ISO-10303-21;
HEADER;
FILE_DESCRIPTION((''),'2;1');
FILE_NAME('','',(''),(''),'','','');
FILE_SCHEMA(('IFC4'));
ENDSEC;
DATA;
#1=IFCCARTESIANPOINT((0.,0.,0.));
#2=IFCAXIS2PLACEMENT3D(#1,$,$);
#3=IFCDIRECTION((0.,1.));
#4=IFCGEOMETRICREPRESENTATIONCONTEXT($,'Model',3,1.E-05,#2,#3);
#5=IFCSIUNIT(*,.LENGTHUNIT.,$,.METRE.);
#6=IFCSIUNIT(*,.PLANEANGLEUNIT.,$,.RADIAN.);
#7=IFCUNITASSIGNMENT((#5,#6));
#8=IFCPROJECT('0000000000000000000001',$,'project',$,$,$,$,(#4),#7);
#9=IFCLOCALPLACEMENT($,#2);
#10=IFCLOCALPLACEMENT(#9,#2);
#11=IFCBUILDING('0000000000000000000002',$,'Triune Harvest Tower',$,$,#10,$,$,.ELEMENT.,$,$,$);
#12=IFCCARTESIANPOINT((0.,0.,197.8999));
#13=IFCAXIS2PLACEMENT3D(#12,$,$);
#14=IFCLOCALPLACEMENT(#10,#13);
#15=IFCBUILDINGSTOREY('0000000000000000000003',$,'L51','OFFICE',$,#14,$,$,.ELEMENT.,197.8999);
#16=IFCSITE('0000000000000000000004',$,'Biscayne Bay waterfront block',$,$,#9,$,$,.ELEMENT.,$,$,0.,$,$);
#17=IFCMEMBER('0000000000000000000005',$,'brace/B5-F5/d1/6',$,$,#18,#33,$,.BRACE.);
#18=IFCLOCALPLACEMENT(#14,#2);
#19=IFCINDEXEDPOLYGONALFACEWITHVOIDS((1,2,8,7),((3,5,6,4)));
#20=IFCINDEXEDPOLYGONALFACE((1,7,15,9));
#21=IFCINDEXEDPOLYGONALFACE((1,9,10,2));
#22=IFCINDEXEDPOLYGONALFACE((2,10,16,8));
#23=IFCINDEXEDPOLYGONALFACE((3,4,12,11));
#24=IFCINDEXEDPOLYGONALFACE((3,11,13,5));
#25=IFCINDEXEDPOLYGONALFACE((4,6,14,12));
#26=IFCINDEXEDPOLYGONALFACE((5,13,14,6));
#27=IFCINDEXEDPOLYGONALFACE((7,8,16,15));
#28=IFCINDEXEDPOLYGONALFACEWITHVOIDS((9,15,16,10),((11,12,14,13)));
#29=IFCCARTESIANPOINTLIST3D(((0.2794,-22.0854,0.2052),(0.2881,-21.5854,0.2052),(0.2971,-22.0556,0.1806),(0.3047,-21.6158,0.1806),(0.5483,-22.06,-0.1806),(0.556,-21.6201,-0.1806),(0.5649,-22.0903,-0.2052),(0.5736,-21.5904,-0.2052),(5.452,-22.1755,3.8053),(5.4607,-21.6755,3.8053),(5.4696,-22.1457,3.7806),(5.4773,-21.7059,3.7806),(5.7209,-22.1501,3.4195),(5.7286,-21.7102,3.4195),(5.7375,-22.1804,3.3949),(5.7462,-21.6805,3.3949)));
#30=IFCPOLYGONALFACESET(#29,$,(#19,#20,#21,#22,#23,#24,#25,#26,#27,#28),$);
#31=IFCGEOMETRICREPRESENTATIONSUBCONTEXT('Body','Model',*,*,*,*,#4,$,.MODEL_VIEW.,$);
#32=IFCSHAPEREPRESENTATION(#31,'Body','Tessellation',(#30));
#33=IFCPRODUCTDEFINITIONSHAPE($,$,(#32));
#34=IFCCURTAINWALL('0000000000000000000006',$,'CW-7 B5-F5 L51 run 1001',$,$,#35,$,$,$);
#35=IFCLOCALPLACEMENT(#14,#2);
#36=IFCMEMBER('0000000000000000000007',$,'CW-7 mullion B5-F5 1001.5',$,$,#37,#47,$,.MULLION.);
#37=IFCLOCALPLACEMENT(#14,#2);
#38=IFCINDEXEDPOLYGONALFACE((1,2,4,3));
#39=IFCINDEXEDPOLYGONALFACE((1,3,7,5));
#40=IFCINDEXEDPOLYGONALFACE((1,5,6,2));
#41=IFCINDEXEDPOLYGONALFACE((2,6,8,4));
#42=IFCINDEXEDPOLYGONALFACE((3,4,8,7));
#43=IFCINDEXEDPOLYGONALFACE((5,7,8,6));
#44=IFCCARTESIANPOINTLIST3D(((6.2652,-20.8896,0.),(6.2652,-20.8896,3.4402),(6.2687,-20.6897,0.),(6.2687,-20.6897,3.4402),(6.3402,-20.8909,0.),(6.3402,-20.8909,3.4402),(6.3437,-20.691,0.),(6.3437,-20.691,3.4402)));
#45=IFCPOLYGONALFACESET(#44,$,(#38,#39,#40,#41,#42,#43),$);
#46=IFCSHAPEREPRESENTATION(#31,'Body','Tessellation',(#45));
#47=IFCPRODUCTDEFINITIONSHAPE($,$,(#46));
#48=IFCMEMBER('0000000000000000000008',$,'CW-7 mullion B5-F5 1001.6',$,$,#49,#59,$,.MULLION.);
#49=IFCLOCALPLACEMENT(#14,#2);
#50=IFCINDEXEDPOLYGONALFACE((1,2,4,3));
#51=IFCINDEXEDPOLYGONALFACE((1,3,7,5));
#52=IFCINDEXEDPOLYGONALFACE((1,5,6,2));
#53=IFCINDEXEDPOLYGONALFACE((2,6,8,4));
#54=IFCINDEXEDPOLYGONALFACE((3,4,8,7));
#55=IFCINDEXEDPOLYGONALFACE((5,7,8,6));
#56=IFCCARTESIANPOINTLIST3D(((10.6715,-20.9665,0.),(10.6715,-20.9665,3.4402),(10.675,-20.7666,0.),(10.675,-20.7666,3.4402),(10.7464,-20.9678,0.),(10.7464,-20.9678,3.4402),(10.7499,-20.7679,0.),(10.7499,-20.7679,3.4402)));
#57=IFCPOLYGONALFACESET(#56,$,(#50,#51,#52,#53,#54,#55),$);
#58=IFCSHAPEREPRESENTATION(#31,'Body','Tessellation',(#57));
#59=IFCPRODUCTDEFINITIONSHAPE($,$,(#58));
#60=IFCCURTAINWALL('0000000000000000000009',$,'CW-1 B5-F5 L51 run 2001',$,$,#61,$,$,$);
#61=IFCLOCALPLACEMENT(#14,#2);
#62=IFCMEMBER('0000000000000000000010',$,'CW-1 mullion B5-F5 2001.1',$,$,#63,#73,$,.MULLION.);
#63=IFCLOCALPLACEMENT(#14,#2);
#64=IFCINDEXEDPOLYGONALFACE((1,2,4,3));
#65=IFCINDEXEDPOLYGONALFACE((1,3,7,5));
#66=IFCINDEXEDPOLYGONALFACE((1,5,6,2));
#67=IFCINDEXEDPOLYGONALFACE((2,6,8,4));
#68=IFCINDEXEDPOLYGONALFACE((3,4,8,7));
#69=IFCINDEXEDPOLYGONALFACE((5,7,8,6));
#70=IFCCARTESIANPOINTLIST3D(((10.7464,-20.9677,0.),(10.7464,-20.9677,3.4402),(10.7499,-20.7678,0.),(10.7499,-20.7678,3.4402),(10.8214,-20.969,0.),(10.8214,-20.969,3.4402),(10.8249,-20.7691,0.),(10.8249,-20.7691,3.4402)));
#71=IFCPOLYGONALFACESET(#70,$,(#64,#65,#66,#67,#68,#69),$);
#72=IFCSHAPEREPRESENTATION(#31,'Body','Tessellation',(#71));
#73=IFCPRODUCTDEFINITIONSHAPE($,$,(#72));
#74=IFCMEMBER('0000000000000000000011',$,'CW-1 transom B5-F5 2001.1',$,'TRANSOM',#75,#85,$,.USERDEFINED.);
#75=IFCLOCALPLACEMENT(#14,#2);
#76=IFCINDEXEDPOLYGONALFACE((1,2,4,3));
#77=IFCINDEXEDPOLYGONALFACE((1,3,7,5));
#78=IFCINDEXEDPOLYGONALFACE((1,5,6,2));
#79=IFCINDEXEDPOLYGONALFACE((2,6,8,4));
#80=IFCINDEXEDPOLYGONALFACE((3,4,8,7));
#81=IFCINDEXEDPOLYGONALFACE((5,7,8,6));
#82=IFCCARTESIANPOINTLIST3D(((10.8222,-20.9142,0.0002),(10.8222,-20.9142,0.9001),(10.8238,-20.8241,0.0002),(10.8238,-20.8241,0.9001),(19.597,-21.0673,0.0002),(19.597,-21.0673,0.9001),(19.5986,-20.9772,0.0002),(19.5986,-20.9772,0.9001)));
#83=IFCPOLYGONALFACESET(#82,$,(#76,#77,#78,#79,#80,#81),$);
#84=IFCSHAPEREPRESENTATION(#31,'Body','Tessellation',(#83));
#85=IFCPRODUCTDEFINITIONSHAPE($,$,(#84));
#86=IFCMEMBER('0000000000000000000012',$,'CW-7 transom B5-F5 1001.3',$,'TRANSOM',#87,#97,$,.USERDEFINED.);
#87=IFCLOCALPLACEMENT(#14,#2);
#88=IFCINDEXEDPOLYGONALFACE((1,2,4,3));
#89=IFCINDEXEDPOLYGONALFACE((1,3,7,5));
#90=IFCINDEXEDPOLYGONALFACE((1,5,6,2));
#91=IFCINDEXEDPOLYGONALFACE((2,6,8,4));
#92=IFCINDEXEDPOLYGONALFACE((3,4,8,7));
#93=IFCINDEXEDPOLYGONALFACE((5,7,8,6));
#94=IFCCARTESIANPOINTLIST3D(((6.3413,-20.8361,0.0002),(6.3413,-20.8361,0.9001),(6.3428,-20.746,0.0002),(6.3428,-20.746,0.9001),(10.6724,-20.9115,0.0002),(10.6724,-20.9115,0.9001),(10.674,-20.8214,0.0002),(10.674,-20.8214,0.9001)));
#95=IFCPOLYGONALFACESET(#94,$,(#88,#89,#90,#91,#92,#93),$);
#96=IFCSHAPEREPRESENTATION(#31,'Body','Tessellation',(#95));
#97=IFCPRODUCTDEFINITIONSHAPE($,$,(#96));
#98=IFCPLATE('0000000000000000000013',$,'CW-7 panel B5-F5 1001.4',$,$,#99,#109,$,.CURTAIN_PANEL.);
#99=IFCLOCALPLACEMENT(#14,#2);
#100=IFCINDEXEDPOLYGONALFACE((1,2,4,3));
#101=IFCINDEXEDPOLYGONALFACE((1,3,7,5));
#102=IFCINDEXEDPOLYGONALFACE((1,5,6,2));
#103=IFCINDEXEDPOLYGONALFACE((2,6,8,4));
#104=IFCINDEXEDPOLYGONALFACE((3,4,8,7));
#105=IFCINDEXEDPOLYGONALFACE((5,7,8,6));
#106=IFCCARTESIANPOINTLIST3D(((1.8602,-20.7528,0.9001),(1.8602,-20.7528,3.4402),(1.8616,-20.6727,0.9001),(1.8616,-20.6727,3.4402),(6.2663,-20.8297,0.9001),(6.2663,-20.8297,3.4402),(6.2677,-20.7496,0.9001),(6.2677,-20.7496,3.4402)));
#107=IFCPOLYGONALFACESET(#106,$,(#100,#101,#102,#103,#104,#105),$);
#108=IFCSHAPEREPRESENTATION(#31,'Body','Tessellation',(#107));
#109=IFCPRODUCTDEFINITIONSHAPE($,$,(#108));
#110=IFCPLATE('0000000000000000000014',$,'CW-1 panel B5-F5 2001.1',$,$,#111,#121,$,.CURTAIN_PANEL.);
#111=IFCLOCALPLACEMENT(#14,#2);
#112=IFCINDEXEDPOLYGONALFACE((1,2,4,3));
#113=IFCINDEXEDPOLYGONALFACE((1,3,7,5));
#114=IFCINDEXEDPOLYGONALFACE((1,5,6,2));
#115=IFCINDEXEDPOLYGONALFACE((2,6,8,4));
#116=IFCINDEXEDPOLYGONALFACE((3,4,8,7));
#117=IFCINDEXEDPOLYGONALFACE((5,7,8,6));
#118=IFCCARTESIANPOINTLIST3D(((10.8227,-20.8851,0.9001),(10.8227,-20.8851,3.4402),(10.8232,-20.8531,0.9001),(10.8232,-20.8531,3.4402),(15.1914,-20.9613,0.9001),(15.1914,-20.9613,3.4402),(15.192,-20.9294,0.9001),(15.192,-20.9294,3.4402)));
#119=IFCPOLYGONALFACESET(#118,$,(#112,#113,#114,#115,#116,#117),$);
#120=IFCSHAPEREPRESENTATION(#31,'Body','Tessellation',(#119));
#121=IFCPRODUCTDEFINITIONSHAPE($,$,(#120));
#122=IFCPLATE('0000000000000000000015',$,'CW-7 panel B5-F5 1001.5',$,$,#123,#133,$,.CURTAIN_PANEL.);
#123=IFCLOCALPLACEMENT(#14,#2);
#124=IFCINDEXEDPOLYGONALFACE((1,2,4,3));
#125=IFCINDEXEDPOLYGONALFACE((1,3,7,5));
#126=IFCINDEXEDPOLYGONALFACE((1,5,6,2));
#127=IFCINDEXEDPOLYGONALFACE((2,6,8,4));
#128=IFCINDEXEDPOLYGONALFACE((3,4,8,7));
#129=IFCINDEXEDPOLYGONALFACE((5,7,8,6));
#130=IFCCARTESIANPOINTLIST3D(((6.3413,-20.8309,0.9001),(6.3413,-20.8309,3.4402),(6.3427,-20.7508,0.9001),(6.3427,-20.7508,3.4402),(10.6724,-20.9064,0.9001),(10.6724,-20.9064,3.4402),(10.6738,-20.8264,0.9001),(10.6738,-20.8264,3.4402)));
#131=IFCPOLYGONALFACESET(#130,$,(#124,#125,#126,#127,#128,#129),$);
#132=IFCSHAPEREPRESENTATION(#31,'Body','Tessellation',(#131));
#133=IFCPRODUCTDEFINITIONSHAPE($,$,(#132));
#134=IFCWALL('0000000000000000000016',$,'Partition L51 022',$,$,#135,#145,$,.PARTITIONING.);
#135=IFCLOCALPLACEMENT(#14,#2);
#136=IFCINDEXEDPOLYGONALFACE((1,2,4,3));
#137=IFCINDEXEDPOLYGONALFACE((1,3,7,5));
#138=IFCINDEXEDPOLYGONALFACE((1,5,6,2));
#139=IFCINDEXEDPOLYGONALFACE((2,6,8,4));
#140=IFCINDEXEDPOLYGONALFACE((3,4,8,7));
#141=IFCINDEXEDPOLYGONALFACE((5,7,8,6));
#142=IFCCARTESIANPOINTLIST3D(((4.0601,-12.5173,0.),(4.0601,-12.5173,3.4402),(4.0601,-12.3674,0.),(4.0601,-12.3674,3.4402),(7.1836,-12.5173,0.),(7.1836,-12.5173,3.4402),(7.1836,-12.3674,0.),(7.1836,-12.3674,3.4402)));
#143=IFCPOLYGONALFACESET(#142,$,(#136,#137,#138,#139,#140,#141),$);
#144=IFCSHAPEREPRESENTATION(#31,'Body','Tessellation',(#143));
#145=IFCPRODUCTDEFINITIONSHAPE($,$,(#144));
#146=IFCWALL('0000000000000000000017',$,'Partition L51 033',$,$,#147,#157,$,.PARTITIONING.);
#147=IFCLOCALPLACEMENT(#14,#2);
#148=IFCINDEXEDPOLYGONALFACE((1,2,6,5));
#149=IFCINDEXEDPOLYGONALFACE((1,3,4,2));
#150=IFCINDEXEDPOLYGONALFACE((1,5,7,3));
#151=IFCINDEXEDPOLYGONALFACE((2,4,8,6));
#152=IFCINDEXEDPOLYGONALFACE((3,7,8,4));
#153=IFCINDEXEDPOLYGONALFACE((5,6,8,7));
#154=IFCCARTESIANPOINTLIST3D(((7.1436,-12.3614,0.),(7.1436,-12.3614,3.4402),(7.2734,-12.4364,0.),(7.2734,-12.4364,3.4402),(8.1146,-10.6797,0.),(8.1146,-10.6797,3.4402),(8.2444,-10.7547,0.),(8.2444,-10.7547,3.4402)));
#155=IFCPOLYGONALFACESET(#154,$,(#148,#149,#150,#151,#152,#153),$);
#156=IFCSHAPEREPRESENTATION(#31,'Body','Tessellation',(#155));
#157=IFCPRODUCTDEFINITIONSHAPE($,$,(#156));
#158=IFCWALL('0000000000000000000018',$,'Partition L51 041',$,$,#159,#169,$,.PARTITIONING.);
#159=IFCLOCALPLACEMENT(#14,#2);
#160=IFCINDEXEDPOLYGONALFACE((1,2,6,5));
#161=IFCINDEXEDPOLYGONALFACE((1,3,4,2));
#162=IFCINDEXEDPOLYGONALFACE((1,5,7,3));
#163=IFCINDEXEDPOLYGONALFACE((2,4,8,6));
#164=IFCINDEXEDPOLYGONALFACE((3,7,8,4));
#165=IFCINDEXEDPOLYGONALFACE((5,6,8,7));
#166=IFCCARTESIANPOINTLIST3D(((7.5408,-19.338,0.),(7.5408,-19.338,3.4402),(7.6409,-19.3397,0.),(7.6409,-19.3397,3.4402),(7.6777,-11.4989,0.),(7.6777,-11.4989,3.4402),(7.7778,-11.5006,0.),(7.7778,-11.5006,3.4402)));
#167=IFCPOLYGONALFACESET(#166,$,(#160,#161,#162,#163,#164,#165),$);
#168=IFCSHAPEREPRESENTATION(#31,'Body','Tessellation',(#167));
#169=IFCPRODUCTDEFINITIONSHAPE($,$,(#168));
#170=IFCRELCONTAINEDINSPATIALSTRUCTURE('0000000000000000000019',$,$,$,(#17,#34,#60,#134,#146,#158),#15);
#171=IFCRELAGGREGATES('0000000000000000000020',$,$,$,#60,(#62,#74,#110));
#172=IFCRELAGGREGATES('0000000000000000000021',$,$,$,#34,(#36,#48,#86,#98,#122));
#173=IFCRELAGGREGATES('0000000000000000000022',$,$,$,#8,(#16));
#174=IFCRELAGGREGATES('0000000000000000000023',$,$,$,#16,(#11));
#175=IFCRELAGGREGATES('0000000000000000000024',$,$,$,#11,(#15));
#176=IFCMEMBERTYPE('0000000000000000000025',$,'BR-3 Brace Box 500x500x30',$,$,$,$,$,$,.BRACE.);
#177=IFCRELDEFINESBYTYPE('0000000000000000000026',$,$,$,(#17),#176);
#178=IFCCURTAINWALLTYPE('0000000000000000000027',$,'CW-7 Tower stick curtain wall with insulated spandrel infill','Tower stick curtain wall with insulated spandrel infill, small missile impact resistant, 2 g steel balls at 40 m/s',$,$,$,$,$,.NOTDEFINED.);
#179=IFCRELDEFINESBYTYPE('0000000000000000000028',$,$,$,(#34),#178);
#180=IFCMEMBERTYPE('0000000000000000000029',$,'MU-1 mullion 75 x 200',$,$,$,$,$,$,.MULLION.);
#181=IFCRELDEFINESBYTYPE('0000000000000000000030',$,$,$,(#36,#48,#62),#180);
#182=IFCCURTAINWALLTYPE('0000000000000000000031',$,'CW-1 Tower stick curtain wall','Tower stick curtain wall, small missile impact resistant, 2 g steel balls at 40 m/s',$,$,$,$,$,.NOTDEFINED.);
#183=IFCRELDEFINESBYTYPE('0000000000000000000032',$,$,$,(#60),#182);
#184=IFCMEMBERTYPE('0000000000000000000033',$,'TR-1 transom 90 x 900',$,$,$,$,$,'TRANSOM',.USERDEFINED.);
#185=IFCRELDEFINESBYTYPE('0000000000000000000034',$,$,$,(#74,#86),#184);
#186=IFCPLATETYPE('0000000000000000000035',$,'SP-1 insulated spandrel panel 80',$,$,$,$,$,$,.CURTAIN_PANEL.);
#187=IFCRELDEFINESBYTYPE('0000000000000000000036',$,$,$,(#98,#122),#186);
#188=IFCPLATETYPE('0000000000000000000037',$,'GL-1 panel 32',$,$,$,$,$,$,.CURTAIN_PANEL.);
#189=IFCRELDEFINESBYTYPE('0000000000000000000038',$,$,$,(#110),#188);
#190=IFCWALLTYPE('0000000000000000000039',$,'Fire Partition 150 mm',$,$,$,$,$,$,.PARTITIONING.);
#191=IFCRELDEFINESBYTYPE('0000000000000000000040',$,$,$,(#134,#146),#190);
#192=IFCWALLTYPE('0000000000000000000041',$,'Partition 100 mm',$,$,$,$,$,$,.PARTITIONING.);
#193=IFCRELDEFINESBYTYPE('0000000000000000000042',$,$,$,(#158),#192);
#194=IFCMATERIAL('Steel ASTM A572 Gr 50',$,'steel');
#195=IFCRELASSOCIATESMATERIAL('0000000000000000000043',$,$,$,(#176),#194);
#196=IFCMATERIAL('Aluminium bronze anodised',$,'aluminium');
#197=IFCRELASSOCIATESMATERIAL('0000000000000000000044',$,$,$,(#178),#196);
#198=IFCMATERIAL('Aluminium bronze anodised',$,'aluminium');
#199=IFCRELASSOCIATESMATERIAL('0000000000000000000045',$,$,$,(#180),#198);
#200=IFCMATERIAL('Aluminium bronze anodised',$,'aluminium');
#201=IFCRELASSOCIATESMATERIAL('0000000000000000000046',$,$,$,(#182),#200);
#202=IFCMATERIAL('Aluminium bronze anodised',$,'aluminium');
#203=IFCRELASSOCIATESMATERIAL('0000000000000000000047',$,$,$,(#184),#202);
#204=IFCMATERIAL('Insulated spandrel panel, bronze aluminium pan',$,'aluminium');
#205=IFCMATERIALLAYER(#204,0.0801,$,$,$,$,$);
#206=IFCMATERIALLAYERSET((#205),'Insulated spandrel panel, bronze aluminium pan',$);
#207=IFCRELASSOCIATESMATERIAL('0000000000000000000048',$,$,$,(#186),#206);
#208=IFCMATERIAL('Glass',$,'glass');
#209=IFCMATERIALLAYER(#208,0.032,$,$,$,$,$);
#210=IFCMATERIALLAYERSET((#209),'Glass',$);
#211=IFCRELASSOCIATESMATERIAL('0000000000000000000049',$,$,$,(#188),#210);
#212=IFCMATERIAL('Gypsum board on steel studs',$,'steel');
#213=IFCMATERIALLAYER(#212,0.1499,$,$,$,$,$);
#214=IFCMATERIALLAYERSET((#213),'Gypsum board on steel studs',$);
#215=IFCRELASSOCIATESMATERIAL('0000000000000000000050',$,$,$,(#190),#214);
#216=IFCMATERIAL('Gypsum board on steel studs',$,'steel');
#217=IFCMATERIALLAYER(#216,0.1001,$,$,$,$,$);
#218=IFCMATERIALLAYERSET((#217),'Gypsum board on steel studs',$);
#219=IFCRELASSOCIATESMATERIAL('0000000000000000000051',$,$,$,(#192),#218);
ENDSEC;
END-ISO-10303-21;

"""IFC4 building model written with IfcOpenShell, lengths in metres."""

from ifc_helpers import new_model, si_unit, direction, frame, frame_2d, origin, origin_2d, place, context, subcontext, project, spatial, rectangle, hollow_rectangle, extrude, source, transform, mapped, material, layer, layer_set, material_profile, profile_set, type_object, element, aggregate, save


model = new_model("IFC4")

# Units and contexts
model_context = context("Model", 3, precision=1e-05, world=origin(), true_north=direction((0.0, 1.0)))
body_context = subcontext(model_context, "Body", "Model", "MODEL_VIEW")
ifc_project = project(units=[si_unit("LENGTHUNIT", "METRE"), si_unit("PLANEANGLEUNIT", "RADIAN")], contexts=[model_context])

# Site, building, storey
site_placement = place(None, origin())
site = spatial("IfcSite", under=ifc_project, at=site_placement, Name="Biscayne Bay waterfront block", CompositionType="ELEMENT", RefElevation=0.0)
building_placement = place(site_placement, origin())
building = spatial("IfcBuilding", under=site, at=building_placement, Name="Triune Harvest Tower", CompositionType="ELEMENT")
storey_placement = place(building_placement, frame((0.0, 0.0, 197.8999)))
storey = spatial("IfcBuildingStorey", under=building, at=storey_placement, Name="L51", Description="OFFICE", CompositionType="ELEMENT", Elevation=197.8999)

# Member
ifc_material_1 = material(Name="Steel ASTM A572 Gr 50", Category="steel")
ifc_material_profile_1 = material_profile(ifc_material_1, hollow_rectangle(XDim=0.5, YDim=0.5, WallThickness=0.03, at=origin_2d()), Name="Box 500x500x30")
ifc_profile_set_1 = profile_set([ifc_material_profile_1], Name="Steel ASTM A572 Gr 50")
member_type_1 = type_object("IfcMemberType", Name="BR-3 Brace Box 500x500x30", PredefinedType="BRACE", material=ifc_profile_set_1)
shared_shape_1 = source(origin(), body_context, "Body", "SweptSolid", [
    extrude(hollow_rectangle(XDim=0.5, YDim=0.5, WallThickness=0.03, at=origin_2d()), origin(), (0.0, 0.0, 1.0), 6.3027),
])
member_1_placement = place(storey_placement, frame((0.4265, -21.8379, 0.0), z_axis=(0.82069, -0.014293, 0.571195), x_axis=(0.017414, 0.999848, 0.0)))
element("IfcMember", 1, at=member_1_placement, inside=storey, type_object=member_type_1, Name="brace/B5-F5/d1/6", PredefinedType="BRACE", context=body_context, shape_type="MappedRepresentation", body=[
    mapped(shared_shape_1, transform((0.0, 0.0, 0.0), scale=1.0)),
])

# Curtain walls, members
ifc_material_2 = material(Name="Aluminium bronze anodised", Category="aluminium")
curtain_wall_type_1 = type_object("IfcCurtainWallType", Name="CW-7 Tower stick curtain wall with insulated spandrel infill", Description="Tower stick curtain wall with insulated spandrel infill, small missile impact resistant, 2 g steel balls at 40 m/s", PredefinedType="NOTDEFINED", material=ifc_material_2)
curtain_wall_1_placement = place(storey_placement, origin())
curtain_wall_1 = element("IfcCurtainWall", 2, at=curtain_wall_1_placement, inside=storey, type_object=curtain_wall_type_1, Name="CW-7 B5-F5 L51 run 1001")
ifc_material_3 = material(Name="Aluminium bronze anodised", Category="aluminium")
ifc_material_profile_2 = material_profile(ifc_material_3, rectangle(XDim=0.2, YDim=0.075, at=origin_2d()), Name="MU-1 mullion 75 x 200")
ifc_profile_set_2 = profile_set([ifc_material_profile_2], Name="Aluminium bronze anodised")
member_type_2 = type_object("IfcMemberType", Name="MU-1 mullion 75 x 200", PredefinedType="MULLION", material=ifc_profile_set_2)
shared_shape_2 = source(origin(), body_context, "Body", "SweptSolid", [
    extrude(rectangle(XDim=0.2, YDim=0.075, at=origin_2d()), origin(), (0.0, 0.0, 1.0), 3.4402),
])
member_2_placement = place(storey_placement, frame((6.3044, -20.7903, 0.0), z_axis=(0.0, 0.0, 1.0), x_axis=(0.017447, 0.999848, 0.0)))
member_2 = element("IfcMember", 3, at=member_2_placement, type_object=member_type_2, Name="CW-7 mullion B5-F5 1001.5", PredefinedType="MULLION", context=body_context, shape_type="MappedRepresentation", body=[
    mapped(shared_shape_2, transform((0.0, 0.0, 0.0), scale=1.0)),
])
member_3_placement = place(storey_placement, frame((10.7107, -20.8672, 0.0), z_axis=(0.0, 0.0, 1.0), x_axis=(0.017447, 0.999848, 0.0)))
member_3 = element("IfcMember", 4, at=member_3_placement, type_object=member_type_2, Name="CW-7 mullion B5-F5 1001.6", PredefinedType="MULLION", context=body_context, shape_type="MappedRepresentation", body=[
    mapped(shared_shape_2, transform((0.0, 0.0, 0.0), scale=1.0)),
])
ifc_material_4 = material(Name="Aluminium bronze anodised", Category="aluminium")
curtain_wall_type_2 = type_object("IfcCurtainWallType", Name="CW-1 Tower stick curtain wall", Description="Tower stick curtain wall, small missile impact resistant, 2 g steel balls at 40 m/s", PredefinedType="NOTDEFINED", material=ifc_material_4)
curtain_wall_2_placement = place(storey_placement, origin())
curtain_wall_2 = element("IfcCurtainWall", 5, at=curtain_wall_2_placement, inside=storey, type_object=curtain_wall_type_2, Name="CW-1 B5-F5 L51 run 2001")
member_4_placement = place(storey_placement, frame((10.7856, -20.8684, 0.0), z_axis=(0.0, 0.0, 1.0), x_axis=(0.017455, 0.999848, 0.0)))
member_4 = element("IfcMember", 6, at=member_4_placement, type_object=member_type_2, Name="CW-1 mullion B5-F5 2001.1", PredefinedType="MULLION", context=body_context, shape_type="MappedRepresentation", body=[
    mapped(shared_shape_2, transform((0.0, 0.0, 0.0), scale=1.0)),
])
ifc_material_5 = material(Name="Aluminium bronze anodised", Category="aluminium")
ifc_material_profile_3 = material_profile(ifc_material_5, rectangle(XDim=0.0901, YDim=0.8999, at=origin_2d()), Name="TR-1 transom 90 x 900")
ifc_profile_set_3 = profile_set([ifc_material_profile_3], Name="Aluminium bronze anodised")
member_type_3 = type_object("IfcMemberType", Name="TR-1 transom 90 x 900", ElementType="TRANSOM", PredefinedType="USERDEFINED", material=ifc_profile_set_3)
shared_shape_3 = source(origin(), body_context, "Body", "SweptSolid", [
    extrude(rectangle(XDim=0.0901, YDim=0.8999, at=origin_2d()), origin(), (0.0, 0.0, 1.0), 8.7761),
])
member_5_placement = place(storey_placement, frame((10.823, -20.8691, 0.4502), z_axis=(0.999848, -0.017442, 0.0), x_axis=(0.017442, 0.999848, 0.0)))
member_5 = element("IfcMember", 7, at=member_5_placement, type_object=member_type_3, Name="CW-1 transom B5-F5 2001.1", ObjectType="TRANSOM", PredefinedType="USERDEFINED", context=body_context, shape_type="MappedRepresentation", body=[
    mapped(shared_shape_3, transform((0.0, 0.0, 0.0), scale=1.0)),
])

# Member
shared_shape_4 = source(origin(), body_context, "Body", "SweptSolid", [
    extrude(rectangle(XDim=0.0901, YDim=0.8999, at=origin_2d()), origin(), (0.0, 0.0, 1.0), 4.3318),
])
member_6_placement = place(storey_placement, frame((6.342, -20.791, 0.4502), z_axis=(0.999848, -0.017416, 0.0), x_axis=(0.017416, 0.999848, 0.0)))
member_6 = element("IfcMember", 8, at=member_6_placement, type_object=member_type_3, Name="CW-7 transom B5-F5 1001.3", ObjectType="TRANSOM", PredefinedType="USERDEFINED", context=body_context, shape_type="MappedRepresentation", body=[
    mapped(shared_shape_4, transform((0.0, 0.0, 0.0), scale=1.0)),
])

# Plates
ifc_material_6 = material(Name="Insulated spandrel panel, bronze aluminium pan", Category="aluminium")
ifc_layer_1 = layer(ifc_material_6, 0.0801)
ifc_layer_set_1 = layer_set([ifc_layer_1], Name="Insulated spandrel panel, bronze aluminium pan")
plate_type_1 = type_object("IfcPlateType", Name="SP-1 insulated spandrel panel 80", PredefinedType="CURTAIN_PANEL", material=ifc_layer_set_1)
shared_shape_5 = source(origin(), body_context, "Body", "SweptSolid", [
    extrude(rectangle(XDim=4.4067, YDim=0.0801, at=origin_2d()), origin(), (0.0, 0.0, 1.0), 2.54),
])
plate_1_placement = place(storey_placement, frame((4.064, -20.7512, 0.9001), z_axis=(0.0, 0.0, 1.0), x_axis=(0.999848, -0.017447, 0.0)))
plate_1 = element("IfcPlate", 9, at=plate_1_placement, type_object=plate_type_1, Name="CW-7 panel B5-F5 1001.4", PredefinedType="CURTAIN_PANEL", context=body_context, shape_type="MappedRepresentation", body=[
    mapped(shared_shape_5, transform((0.0, 0.0, 0.0), scale=1.0)),
])
ifc_material_7 = material(Name="Glass", Category="glass")
ifc_layer_2 = layer(ifc_material_7, 0.032)
ifc_layer_set_2 = layer_set([ifc_layer_2], Name="Glass")
plate_type_2 = type_object("IfcPlateType", Name="GL-1 panel 32", PredefinedType="CURTAIN_PANEL", material=ifc_layer_set_2)
shared_shape_6 = source(origin(), body_context, "Body", "SweptSolid", [
    extrude(rectangle(XDim=4.3694, YDim=0.032, at=origin_2d()), origin(), (0.0, 0.0, 1.0), 2.54),
])
plate_2_placement = place(storey_placement, frame((13.0073, -20.9072, 0.9001), z_axis=(0.0, 0.0, 1.0), x_axis=(0.999848, -0.017455, 0.0)))
plate_2 = element("IfcPlate", 10, at=plate_2_placement, type_object=plate_type_2, Name="CW-1 panel B5-F5 2001.1", PredefinedType="CURTAIN_PANEL", context=body_context, shape_type="MappedRepresentation", body=[
    mapped(shared_shape_6, transform((0.0, 0.0, 0.0), scale=1.0)),
])
aggregate(curtain_wall_2, [member_4, member_5, plate_2])
shared_shape_7 = source(origin(), body_context, "Body", "SweptSolid", [
    extrude(rectangle(XDim=4.3318, YDim=0.0801, at=origin_2d()), origin(), (0.0, 0.0, 1.0), 2.54),
])
plate_3_placement = place(storey_placement, frame((8.5076, -20.8286, 0.9001), z_axis=(0.0, 0.0, 1.0), x_axis=(0.999848, -0.017447, 0.0)))
plate_3 = element("IfcPlate", 11, at=plate_3_placement, type_object=plate_type_1, Name="CW-7 panel B5-F5 1001.5", PredefinedType="CURTAIN_PANEL", context=body_context, shape_type="MappedRepresentation", body=[
    mapped(shared_shape_7, transform((0.0, 0.0, 0.0), scale=1.0)),
])
aggregate(curtain_wall_1, [member_2, member_3, member_6, plate_1, plate_3])

# Walls
ifc_material_8 = material(Name="Gypsum board on steel studs", Category="steel")
ifc_layer_3 = layer(ifc_material_8, 0.1499)
ifc_layer_set_3 = layer_set([ifc_layer_3], Name="Gypsum board on steel studs")
wall_type_1 = type_object("IfcWallType", Name="Fire Partition 150 mm", PredefinedType="PARTITIONING", material=ifc_layer_set_3)
wall_1_placement = place(storey_placement, frame((4.0601, -12.4424, 0.0), z_axis=(0.0, 0.0, 1.0), x_axis=(1.0, 0.0, 0.0)))
element("IfcWall", 12, at=wall_1_placement, inside=storey, type_object=wall_type_1, Name="Partition L51 022", PredefinedType="PARTITIONING", context=body_context, shape_type="SweptSolid", body=[
    extrude(rectangle(XDim=3.1235, YDim=0.1499, at=frame_2d((1.5618, 0.0))), origin(), (0.0, 0.0, 1.0), 3.4402),
])
wall_2_placement = place(storey_placement, frame((7.2085, -12.3989, 0.0), z_axis=(0.0, 0.0, 1.0), x_axis=(0.50002, 0.866014, 0.0)))
element("IfcWall", 13, at=wall_2_placement, inside=storey, type_object=wall_type_1, Name="Partition L51 033", PredefinedType="PARTITIONING", context=body_context, shape_type="SweptSolid", body=[
    extrude(rectangle(XDim=1.9419, YDim=0.1499, at=frame_2d((0.9709, 0.0))), origin(), (0.0, 0.0, 1.0), 3.4402),
])
ifc_material_9 = material(Name="Gypsum board on steel studs", Category="steel")
ifc_layer_4 = layer(ifc_material_9, 0.1001)
ifc_layer_set_4 = layer_set([ifc_layer_4], Name="Gypsum board on steel studs")
wall_type_2 = type_object("IfcWallType", Name="Partition 100 mm", PredefinedType="PARTITIONING", material=ifc_layer_set_4)
wall_3_placement = place(storey_placement, frame((7.5908, -19.3389, 0.0), z_axis=(0.0, 0.0, 1.0), x_axis=(0.017469, 0.999847, 0.0)))
element("IfcWall", 14, at=wall_3_placement, inside=storey, type_object=wall_type_2, Name="Partition L51 041", PredefinedType="PARTITIONING", context=body_context, shape_type="SweptSolid", body=[
    extrude(rectangle(XDim=7.8403, YDim=0.1001, at=frame_2d((3.9202, 0.0))), origin(), (0.0, 0.0, 1.0), 3.4402),
])

save(model, "model.ifc")
